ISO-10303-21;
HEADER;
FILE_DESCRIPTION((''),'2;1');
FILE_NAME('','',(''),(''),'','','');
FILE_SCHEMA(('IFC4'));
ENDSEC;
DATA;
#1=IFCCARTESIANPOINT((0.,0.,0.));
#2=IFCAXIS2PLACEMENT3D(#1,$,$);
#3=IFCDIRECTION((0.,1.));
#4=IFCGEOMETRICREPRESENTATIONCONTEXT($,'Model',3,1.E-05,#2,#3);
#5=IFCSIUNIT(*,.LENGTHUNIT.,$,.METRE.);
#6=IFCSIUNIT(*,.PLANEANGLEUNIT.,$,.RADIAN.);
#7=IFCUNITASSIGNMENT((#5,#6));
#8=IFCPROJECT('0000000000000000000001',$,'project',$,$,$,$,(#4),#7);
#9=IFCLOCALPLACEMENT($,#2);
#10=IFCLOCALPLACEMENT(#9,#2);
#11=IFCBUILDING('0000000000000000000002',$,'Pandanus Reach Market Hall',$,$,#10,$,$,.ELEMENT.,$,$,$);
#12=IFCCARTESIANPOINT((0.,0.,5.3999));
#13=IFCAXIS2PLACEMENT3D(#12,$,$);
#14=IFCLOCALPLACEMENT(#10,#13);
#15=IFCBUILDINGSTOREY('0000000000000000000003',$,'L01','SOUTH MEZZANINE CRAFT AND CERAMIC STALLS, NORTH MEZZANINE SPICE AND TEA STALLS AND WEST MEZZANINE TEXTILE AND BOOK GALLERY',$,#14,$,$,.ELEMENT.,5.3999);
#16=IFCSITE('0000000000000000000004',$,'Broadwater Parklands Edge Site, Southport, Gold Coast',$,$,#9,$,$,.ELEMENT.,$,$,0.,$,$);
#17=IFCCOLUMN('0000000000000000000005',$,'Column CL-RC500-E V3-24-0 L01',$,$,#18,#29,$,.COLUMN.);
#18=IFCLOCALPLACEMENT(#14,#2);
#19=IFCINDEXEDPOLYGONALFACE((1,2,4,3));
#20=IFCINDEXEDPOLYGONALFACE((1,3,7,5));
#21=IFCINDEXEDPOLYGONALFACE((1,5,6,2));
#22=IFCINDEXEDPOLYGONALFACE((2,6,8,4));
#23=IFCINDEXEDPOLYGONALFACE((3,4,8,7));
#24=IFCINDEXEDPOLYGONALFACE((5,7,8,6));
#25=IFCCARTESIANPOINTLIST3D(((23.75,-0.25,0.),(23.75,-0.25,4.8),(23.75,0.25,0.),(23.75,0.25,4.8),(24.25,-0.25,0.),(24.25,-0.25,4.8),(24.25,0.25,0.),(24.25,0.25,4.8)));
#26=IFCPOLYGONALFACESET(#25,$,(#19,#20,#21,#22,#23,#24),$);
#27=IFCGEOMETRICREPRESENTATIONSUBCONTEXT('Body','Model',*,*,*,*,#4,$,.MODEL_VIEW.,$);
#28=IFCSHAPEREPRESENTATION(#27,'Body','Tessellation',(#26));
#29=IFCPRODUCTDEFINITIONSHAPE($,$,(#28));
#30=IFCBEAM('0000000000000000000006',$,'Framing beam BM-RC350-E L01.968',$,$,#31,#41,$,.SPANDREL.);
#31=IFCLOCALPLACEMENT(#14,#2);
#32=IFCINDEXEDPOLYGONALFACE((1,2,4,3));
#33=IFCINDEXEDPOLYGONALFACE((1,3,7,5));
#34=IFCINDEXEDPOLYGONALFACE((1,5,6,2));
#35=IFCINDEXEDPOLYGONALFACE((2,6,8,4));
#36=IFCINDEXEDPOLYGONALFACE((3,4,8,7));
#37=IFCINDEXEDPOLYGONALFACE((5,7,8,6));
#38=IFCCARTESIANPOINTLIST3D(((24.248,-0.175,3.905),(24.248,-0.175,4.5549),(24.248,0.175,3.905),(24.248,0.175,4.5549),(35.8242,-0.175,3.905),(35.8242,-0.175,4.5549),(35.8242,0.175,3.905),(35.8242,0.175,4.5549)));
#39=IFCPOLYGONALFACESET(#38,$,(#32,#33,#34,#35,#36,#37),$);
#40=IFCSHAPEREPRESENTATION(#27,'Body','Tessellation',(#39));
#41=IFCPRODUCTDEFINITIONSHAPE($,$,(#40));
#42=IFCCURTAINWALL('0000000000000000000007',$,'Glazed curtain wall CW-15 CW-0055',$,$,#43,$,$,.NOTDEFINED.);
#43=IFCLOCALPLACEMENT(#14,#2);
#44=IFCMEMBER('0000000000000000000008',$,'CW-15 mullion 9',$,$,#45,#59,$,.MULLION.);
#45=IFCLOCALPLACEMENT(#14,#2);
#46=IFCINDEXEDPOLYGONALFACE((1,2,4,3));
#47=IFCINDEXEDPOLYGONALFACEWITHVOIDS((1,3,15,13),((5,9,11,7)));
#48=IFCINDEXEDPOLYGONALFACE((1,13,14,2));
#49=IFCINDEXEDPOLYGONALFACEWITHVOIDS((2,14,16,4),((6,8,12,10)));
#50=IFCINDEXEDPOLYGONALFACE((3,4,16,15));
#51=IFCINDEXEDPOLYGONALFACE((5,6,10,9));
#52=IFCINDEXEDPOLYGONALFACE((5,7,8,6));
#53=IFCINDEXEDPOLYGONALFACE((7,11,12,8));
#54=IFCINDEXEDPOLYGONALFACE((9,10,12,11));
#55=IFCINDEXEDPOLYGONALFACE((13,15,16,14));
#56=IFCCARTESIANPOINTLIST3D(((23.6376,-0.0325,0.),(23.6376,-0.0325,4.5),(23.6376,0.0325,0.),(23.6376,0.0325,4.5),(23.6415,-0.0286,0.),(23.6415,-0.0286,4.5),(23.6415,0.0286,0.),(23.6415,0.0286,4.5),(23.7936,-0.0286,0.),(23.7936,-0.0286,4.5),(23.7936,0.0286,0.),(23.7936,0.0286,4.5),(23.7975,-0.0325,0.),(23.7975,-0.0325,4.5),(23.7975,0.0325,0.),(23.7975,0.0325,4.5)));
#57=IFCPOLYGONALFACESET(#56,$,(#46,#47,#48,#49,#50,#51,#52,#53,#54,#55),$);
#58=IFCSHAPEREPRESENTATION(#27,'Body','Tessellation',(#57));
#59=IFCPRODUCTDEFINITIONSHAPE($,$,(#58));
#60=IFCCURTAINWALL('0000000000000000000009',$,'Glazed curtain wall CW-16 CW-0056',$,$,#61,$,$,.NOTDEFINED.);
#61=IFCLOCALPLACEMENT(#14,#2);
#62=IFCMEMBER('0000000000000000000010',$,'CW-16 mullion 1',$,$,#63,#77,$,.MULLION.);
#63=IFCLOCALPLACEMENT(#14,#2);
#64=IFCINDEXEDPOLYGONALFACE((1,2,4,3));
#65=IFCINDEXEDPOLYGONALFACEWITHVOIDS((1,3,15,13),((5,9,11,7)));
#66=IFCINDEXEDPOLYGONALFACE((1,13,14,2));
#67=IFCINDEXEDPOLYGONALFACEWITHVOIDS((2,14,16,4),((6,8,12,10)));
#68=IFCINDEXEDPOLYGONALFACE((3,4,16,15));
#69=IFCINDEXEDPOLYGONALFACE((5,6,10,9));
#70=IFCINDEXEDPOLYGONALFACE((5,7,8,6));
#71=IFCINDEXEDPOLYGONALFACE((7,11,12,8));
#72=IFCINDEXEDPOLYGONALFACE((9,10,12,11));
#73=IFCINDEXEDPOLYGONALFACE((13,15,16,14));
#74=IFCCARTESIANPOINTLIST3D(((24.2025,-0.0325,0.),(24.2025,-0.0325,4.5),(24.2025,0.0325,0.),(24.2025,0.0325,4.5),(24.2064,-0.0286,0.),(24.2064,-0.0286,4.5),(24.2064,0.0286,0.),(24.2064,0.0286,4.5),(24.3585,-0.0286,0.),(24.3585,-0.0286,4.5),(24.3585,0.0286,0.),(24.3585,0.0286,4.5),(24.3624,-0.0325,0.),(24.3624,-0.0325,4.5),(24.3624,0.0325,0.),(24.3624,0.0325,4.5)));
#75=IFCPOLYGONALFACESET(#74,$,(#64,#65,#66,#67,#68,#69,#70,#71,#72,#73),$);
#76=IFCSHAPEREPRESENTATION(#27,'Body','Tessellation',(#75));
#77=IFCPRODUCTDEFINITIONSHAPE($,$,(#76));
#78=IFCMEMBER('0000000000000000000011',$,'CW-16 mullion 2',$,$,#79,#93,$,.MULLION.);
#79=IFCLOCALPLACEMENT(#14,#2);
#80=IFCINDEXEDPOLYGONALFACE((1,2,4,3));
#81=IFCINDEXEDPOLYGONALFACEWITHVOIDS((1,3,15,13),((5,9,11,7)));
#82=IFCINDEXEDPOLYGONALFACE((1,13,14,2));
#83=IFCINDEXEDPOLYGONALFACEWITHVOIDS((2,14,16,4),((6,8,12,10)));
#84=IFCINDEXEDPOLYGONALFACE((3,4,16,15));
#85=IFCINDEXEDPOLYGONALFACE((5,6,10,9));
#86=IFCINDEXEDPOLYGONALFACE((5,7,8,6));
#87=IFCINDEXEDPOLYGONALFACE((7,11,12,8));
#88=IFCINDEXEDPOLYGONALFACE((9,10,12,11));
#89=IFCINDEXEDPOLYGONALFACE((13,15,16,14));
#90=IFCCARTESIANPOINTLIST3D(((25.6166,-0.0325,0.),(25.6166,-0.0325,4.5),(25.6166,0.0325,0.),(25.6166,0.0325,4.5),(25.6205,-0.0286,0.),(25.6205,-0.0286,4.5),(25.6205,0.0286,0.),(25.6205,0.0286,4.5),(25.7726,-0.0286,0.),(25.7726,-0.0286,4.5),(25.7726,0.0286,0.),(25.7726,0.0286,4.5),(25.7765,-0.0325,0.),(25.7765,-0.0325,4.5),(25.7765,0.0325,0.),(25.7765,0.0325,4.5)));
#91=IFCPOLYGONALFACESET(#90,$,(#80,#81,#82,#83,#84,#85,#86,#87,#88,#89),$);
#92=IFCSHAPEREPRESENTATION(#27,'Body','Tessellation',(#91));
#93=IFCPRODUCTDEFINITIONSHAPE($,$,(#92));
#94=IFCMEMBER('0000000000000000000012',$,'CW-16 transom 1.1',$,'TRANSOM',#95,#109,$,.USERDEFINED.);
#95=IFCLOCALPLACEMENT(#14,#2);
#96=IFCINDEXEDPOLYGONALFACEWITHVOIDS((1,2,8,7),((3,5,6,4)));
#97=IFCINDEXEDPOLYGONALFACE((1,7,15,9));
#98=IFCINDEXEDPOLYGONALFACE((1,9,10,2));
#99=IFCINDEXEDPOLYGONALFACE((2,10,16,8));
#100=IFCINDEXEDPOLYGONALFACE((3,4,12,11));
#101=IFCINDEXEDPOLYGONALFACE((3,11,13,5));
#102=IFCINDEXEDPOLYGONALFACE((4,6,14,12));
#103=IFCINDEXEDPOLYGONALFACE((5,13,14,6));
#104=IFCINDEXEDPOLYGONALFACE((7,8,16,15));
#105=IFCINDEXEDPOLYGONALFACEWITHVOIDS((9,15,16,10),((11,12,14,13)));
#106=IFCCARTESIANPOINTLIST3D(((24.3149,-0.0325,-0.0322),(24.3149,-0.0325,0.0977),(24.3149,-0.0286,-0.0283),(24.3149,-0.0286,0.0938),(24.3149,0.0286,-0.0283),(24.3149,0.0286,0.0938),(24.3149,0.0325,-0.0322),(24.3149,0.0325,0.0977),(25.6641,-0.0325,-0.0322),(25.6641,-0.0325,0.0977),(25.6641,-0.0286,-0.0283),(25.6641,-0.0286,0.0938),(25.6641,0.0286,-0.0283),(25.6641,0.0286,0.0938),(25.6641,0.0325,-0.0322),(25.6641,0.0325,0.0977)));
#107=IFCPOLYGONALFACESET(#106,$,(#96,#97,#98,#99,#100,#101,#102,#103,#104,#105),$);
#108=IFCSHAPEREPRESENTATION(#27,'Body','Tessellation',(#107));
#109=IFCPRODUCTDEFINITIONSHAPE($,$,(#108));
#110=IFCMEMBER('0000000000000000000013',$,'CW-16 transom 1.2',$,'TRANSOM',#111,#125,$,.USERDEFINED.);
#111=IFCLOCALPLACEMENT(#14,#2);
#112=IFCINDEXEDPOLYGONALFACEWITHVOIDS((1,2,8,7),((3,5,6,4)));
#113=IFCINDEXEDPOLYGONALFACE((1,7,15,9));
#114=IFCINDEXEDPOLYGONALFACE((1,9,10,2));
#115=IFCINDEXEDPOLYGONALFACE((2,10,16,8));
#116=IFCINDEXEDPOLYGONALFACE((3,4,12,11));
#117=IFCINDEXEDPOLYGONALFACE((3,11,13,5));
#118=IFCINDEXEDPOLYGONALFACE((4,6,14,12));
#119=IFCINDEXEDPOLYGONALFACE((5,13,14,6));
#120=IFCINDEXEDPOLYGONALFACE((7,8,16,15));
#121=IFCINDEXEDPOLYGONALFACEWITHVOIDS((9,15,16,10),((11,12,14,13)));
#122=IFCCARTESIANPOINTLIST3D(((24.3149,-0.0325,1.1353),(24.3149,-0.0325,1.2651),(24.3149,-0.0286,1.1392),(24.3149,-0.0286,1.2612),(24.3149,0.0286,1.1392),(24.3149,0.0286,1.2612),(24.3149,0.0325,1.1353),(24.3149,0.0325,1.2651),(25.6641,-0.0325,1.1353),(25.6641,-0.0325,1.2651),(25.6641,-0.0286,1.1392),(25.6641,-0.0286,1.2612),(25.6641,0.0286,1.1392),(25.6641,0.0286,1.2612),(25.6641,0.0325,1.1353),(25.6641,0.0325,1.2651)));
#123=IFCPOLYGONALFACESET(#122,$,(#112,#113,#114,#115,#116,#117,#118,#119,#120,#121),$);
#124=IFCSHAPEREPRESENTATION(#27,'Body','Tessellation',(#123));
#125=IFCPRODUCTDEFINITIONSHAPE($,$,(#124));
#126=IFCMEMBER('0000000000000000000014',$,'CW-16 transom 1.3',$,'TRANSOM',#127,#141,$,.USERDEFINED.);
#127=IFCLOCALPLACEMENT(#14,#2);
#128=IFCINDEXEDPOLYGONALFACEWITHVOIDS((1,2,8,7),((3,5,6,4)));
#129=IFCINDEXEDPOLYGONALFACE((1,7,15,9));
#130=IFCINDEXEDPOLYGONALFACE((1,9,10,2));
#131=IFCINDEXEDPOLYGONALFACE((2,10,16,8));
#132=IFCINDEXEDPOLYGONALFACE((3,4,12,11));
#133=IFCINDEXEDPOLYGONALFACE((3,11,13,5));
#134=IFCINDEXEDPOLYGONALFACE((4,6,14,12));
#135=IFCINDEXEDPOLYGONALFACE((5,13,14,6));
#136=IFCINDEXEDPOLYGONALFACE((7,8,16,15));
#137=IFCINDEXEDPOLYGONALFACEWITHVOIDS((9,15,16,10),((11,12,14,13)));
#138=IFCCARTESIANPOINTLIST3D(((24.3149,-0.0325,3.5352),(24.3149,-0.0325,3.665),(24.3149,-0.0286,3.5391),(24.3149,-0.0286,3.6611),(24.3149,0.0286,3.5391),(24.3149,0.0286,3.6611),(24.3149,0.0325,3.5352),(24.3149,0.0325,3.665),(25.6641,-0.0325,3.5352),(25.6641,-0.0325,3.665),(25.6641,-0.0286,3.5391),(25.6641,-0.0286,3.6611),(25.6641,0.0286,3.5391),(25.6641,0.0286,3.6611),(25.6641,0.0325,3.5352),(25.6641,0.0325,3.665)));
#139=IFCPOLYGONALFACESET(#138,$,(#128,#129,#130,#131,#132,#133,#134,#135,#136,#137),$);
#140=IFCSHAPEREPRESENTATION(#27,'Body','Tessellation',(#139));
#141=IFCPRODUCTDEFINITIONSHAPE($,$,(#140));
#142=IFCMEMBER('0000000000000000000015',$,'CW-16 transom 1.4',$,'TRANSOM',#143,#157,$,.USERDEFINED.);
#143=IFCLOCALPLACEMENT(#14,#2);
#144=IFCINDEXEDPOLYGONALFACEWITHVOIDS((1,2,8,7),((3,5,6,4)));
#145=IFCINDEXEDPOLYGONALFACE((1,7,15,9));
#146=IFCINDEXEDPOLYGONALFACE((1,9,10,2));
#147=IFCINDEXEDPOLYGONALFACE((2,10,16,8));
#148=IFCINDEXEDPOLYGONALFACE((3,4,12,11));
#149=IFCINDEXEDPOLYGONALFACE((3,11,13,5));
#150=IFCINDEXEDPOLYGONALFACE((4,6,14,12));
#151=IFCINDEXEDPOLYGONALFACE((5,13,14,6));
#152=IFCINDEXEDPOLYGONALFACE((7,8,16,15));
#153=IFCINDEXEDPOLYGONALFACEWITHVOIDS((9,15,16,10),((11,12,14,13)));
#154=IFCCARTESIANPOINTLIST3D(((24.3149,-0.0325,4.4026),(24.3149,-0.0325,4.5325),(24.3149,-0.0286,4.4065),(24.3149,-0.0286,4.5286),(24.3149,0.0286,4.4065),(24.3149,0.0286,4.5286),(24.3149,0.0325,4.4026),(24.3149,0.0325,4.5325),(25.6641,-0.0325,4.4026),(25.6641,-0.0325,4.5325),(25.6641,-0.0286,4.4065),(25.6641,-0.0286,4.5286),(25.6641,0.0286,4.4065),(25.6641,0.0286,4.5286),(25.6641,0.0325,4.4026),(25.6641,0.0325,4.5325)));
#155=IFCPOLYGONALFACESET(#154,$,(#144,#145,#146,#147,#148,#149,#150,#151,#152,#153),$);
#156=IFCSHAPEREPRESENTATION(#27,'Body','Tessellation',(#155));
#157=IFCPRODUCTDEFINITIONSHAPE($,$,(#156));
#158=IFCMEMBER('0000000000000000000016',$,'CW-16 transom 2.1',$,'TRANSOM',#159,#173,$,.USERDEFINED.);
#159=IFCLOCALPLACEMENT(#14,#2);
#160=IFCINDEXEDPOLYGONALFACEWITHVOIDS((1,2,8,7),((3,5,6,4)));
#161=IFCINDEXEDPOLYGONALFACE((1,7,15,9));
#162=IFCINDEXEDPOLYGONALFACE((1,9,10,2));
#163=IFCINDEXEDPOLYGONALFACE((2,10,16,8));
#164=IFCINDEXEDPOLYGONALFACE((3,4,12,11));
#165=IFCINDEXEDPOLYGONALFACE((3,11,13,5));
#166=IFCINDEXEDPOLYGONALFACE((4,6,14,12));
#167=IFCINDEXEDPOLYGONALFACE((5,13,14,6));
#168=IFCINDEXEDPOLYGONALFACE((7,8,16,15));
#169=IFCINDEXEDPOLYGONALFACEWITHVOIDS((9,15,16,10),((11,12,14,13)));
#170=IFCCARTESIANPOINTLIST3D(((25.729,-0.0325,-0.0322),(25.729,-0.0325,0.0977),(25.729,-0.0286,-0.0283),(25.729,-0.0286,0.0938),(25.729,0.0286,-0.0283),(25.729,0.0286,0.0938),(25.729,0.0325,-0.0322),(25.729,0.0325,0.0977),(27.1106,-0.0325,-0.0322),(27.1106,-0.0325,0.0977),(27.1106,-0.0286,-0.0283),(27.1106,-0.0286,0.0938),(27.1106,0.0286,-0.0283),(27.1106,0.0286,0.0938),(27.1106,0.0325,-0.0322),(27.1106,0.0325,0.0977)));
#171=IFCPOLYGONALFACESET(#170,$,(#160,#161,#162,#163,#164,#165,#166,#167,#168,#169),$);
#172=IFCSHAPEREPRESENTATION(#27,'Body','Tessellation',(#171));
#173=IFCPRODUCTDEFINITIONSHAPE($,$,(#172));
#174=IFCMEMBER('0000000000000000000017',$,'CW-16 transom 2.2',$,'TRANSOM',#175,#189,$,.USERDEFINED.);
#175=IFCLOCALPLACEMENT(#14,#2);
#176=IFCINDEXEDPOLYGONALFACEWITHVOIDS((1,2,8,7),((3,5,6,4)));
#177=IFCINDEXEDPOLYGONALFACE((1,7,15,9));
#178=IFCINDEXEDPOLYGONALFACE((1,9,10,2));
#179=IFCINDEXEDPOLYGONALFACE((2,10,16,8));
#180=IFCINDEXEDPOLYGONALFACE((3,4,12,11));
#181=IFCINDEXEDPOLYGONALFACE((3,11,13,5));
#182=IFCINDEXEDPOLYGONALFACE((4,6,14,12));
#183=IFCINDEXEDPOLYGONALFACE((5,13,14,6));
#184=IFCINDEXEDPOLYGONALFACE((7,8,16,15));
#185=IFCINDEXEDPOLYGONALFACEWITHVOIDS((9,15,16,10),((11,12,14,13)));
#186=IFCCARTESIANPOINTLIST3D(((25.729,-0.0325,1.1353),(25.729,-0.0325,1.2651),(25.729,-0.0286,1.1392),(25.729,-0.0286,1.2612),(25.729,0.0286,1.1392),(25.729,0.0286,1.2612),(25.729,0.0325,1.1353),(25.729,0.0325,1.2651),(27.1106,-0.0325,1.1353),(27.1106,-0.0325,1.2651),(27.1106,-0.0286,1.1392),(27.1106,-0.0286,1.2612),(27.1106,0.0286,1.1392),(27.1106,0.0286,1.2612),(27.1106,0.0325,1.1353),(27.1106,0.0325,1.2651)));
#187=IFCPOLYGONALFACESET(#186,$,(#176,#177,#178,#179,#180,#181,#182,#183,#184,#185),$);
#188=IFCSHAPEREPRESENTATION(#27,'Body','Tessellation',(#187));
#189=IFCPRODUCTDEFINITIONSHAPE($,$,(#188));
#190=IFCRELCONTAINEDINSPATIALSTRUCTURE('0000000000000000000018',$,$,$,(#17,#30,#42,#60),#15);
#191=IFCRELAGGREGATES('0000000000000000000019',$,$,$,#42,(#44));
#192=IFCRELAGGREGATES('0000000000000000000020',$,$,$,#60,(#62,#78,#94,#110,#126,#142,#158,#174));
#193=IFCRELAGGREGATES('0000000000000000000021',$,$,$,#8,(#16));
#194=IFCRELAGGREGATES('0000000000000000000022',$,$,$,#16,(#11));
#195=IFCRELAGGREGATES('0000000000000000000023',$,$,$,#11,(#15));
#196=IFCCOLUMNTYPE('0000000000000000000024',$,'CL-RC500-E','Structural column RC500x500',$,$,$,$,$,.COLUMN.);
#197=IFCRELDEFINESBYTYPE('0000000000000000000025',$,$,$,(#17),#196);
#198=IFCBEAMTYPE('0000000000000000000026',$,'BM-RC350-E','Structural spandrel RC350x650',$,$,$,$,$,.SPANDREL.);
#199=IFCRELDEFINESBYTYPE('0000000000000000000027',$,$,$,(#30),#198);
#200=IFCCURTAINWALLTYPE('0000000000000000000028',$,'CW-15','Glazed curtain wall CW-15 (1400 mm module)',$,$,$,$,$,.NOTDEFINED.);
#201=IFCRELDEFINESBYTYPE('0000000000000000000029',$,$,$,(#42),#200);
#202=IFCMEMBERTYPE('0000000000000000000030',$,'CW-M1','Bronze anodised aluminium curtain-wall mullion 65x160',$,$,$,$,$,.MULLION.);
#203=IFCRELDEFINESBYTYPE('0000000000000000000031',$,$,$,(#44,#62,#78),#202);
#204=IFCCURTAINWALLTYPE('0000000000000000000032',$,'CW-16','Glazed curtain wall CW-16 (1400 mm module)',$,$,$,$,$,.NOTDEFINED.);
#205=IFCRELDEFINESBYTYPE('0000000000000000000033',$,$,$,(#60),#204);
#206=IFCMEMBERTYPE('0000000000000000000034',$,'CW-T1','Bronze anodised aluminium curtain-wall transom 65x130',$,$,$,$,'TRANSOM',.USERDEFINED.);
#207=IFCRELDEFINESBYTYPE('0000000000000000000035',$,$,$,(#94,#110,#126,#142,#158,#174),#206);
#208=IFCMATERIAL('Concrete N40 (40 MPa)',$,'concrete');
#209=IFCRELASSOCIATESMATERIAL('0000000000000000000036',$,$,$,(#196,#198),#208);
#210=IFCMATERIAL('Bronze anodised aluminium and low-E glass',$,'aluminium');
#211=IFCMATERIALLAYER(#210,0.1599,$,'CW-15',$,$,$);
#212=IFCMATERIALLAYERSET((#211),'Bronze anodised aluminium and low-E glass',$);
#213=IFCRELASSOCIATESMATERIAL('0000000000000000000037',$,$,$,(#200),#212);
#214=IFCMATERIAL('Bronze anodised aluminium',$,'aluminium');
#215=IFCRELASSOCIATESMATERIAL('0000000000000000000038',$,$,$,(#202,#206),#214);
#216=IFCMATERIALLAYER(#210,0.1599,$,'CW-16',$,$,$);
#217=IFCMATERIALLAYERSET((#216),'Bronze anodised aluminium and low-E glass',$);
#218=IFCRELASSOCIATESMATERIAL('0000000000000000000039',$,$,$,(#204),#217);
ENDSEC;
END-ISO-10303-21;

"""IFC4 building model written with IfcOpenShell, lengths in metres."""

from ifc_helpers import new_model, si_unit, direction, frame, origin, origin_2d, place, context, subcontext, project, spatial, rectangle, hollow_rectangle, extrude, material, layer, layer_set, material_profile, profile_set, type_object, element, aggregate, save


model = new_model("IFC4")

# Units and contexts
model_context = context("Model", 3, precision=1e-05, world=origin(), true_north=direction((0.0, 1.0)))
body_context = subcontext(model_context, "Body", "Model", "MODEL_VIEW")
ifc_project = project(units=[si_unit("LENGTHUNIT", "METRE"), si_unit("PLANEANGLEUNIT", "RADIAN")], contexts=[model_context])

# Site, building, storey
site_placement = place(None, origin())
site = spatial("IfcSite", under=ifc_project, at=site_placement, Name="Broadwater Parklands Edge Site, Southport, Gold Coast", CompositionType="ELEMENT", RefElevation=0.0)
building_placement = place(site_placement, origin())
building = spatial("IfcBuilding", under=site, at=building_placement, Name="Pandanus Reach Market Hall", CompositionType="ELEMENT")
storey_placement = place(building_placement, frame((0.0, 0.0, 5.3999)))
storey = spatial("IfcBuildingStorey", under=building, at=storey_placement, Name="L01", Description="SOUTH MEZZANINE CRAFT AND CERAMIC STALLS, NORTH MEZZANINE SPICE AND TEA STALLS AND WEST MEZZANINE TEXTILE AND BOOK GALLERY", CompositionType="ELEMENT", Elevation=5.3999)

# Column
ifc_material_1 = material(Name="Concrete N40 (40 MPa)", Category="concrete")
ifc_material_profile_1 = material_profile(ifc_material_1, rectangle(XDim=0.5, YDim=0.5, at=origin_2d()), Name="RC500x500", Category="LoadBearing")
ifc_profile_set_1 = profile_set([ifc_material_profile_1], Name="Concrete N40 (40 MPa)")
column_type = type_object("IfcColumnType", Name="CL-RC500-E", Description="Structural column RC500x500", PredefinedType="COLUMN", material=ifc_profile_set_1)
column_placement = place(storey_placement, frame((24.0, 0.0, 0.0), z_axis=(0.0, 0.0, 1.0), x_axis=(1.0, 0.0, 0.0)))
element("IfcColumn", 1, at=column_placement, inside=storey, type_object=column_type, Name="Column CL-RC500-E V3-24-0 L01", PredefinedType="COLUMN", context=body_context, shape_type="SweptSolid", body=[
    extrude(rectangle(XDim=0.5, YDim=0.5, at=origin_2d()), origin(), (0.0, 0.0, 1.0), 4.8),
])

# Beam
ifc_material_profile_2 = material_profile(ifc_material_1, rectangle(XDim=0.3501, YDim=0.6499, at=origin_2d()), Name="RC350x650", Category="LoadBearing")
ifc_profile_set_2 = profile_set([ifc_material_profile_2], Name="Concrete N40 (40 MPa)")
beam_type = type_object("IfcBeamType", Name="BM-RC350-E", Description="Structural spandrel RC350x650", PredefinedType="SPANDREL", material=ifc_profile_set_2)
beam_placement = place(storey_placement, frame((24.248, 0.0, 4.23), z_axis=(1.0, 0.0, 0.0), x_axis=(0.0, 1.0, 0.0)))
element("IfcBeam", 2, at=beam_placement, inside=storey, type_object=beam_type, Name="Framing beam BM-RC350-E L01.968", PredefinedType="SPANDREL", context=body_context, shape_type="SweptSolid", body=[
    extrude(rectangle(XDim=0.3501, YDim=0.6499, at=origin_2d()), origin(), (0.0, 0.0, 1.0), 11.5762),
])

# Curtain wall, member
ifc_material_2 = material(Name="Bronze anodised aluminium and low-E glass", Category="aluminium")
ifc_layer_1 = layer(ifc_material_2, 0.1599, Name="CW-15")
ifc_layer_set_1 = layer_set([ifc_layer_1], Name="Bronze anodised aluminium and low-E glass")
curtain_wall_type_1 = type_object("IfcCurtainWallType", Name="CW-15", Description="Glazed curtain wall CW-15 (1400 mm module)", PredefinedType="NOTDEFINED", material=ifc_layer_set_1)
curtain_wall_1_placement = place(storey_placement, origin())
curtain_wall_1 = element("IfcCurtainWall", 3, at=curtain_wall_1_placement, inside=storey, type_object=curtain_wall_type_1, Name="Glazed curtain wall CW-15 CW-0055", PredefinedType="NOTDEFINED")
ifc_material_3 = material(Name="Bronze anodised aluminium", Category="aluminium")
ifc_material_profile_3 = material_profile(ifc_material_3, hollow_rectangle(XDim=0.0649, YDim=0.1599, WallThickness=0.0039, at=origin_2d()), Name="ALU65x160", Category="LoadBearing")
ifc_profile_set_3 = profile_set([ifc_material_profile_3], Name="Bronze anodised aluminium")
member_type_1 = type_object("IfcMemberType", Name="CW-M1", Description="Bronze anodised aluminium curtain-wall mullion 65x160", PredefinedType="MULLION", material=ifc_profile_set_3)
member_1_placement = place(storey_placement, frame((23.7175, 0.0, 0.0), z_axis=(0.0, 0.0, 1.0), x_axis=(0.0, 1.0, 0.0)))
member_1 = element("IfcMember", 4, at=member_1_placement, type_object=member_type_1, Name="CW-15 mullion 9", PredefinedType="MULLION", context=body_context, shape_type="SweptSolid", body=[
    extrude(hollow_rectangle(XDim=0.0649, YDim=0.1599, WallThickness=0.0039, at=origin_2d()), origin(), (0.0, 0.0, 1.0), 4.5),
])

# Curtain wall, members
ifc_layer_2 = layer(ifc_material_2, 0.1599, Name="CW-16")
ifc_layer_set_2 = layer_set([ifc_layer_2], Name="Bronze anodised aluminium and low-E glass")
curtain_wall_type_2 = type_object("IfcCurtainWallType", Name="CW-16", Description="Glazed curtain wall CW-16 (1400 mm module)", PredefinedType="NOTDEFINED", material=ifc_layer_set_2)
curtain_wall_2_placement = place(storey_placement, origin())
curtain_wall_2 = element("IfcCurtainWall", 5, at=curtain_wall_2_placement, inside=storey, type_object=curtain_wall_type_2, Name="Glazed curtain wall CW-16 CW-0056", PredefinedType="NOTDEFINED")
member_2_placement = place(storey_placement, frame((24.2825, 0.0, 0.0), z_axis=(0.0, 0.0, 1.0), x_axis=(0.0, 1.0, 0.0)))
member_2 = element("IfcMember", 6, at=member_2_placement, type_object=member_type_1, Name="CW-16 mullion 1", PredefinedType="MULLION", context=body_context, shape_type="SweptSolid", body=[
    extrude(hollow_rectangle(XDim=0.0649, YDim=0.1599, WallThickness=0.0039, at=origin_2d()), origin(), (0.0, 0.0, 1.0), 4.5),
])
member_3_placement = place(storey_placement, frame((25.6965, 0.0, 0.0), z_axis=(0.0, 0.0, 1.0), x_axis=(0.0, 1.0, 0.0)))
member_3 = element("IfcMember", 7, at=member_3_placement, type_object=member_type_1, Name="CW-16 mullion 2", PredefinedType="MULLION", context=body_context, shape_type="SweptSolid", body=[
    extrude(hollow_rectangle(XDim=0.0649, YDim=0.1599, WallThickness=0.0039, at=origin_2d()), origin(), (0.0, 0.0, 1.0), 4.5),
])
ifc_material_profile_4 = material_profile(ifc_material_3, hollow_rectangle(XDim=0.0649, YDim=0.1299, WallThickness=0.0039, at=origin_2d()), Name="ALU65x130", Category="LoadBearing")
ifc_profile_set_4 = profile_set([ifc_material_profile_4], Name="Bronze anodised aluminium")
member_type_2 = type_object("IfcMemberType", Name="CW-T1", Description="Bronze anodised aluminium curtain-wall transom 65x130", ElementType="TRANSOM", PredefinedType="USERDEFINED", material=ifc_profile_set_4)
member_4_placement = place(storey_placement, frame((24.3149, 0.0, 0.0327), z_axis=(1.0, 0.0, 0.0), x_axis=(0.0, 1.0, 0.0)))
member_4 = element("IfcMember", 8, at=member_4_placement, type_object=member_type_2, Name="CW-16 transom 1.1", ObjectType="TRANSOM", PredefinedType="USERDEFINED", context=body_context, shape_type="SweptSolid", body=[
    extrude(hollow_rectangle(XDim=0.0649, YDim=0.1299, WallThickness=0.0039, at=origin_2d()), origin(), (0.0, 0.0, 1.0), 1.3491),
])
member_5_placement = place(storey_placement, frame((24.3149, 0.0, 1.2002), z_axis=(1.0, 0.0, 0.0), x_axis=(0.0, 1.0, 0.0)))
member_5 = element("IfcMember", 9, at=member_5_placement, type_object=member_type_2, Name="CW-16 transom 1.2", ObjectType="TRANSOM", PredefinedType="USERDEFINED", context=body_context, shape_type="SweptSolid", body=[
    extrude(hollow_rectangle(XDim=0.0649, YDim=0.1299, WallThickness=0.0039, at=origin_2d()), origin(), (0.0, 0.0, 1.0), 1.3491),
])
member_6_placement = place(storey_placement, frame((24.3149, 0.0, 3.6001), z_axis=(1.0, 0.0, 0.0), x_axis=(0.0, 1.0, 0.0)))
member_6 = element("IfcMember", 10, at=member_6_placement, type_object=member_type_2, Name="CW-16 transom 1.3", ObjectType="TRANSOM", PredefinedType="USERDEFINED", context=body_context, shape_type="SweptSolid", body=[
    extrude(hollow_rectangle(XDim=0.0649, YDim=0.1299, WallThickness=0.0039, at=origin_2d()), origin(), (0.0, 0.0, 1.0), 1.3491),
])
member_7_placement = place(storey_placement, frame((24.3149, 0.0, 4.4675), z_axis=(1.0, 0.0, 0.0), x_axis=(0.0, 1.0, 0.0)))
member_7 = element("IfcMember", 11, at=member_7_placement, type_object=member_type_2, Name="CW-16 transom 1.4", ObjectType="TRANSOM", PredefinedType="USERDEFINED", context=body_context, shape_type="SweptSolid", body=[
    extrude(hollow_rectangle(XDim=0.0649, YDim=0.1299, WallThickness=0.0039, at=origin_2d()), origin(), (0.0, 0.0, 1.0), 1.3491),
])
member_8_placement = place(storey_placement, frame((25.729, 0.0, 0.0327), z_axis=(1.0, 0.0, 0.0), x_axis=(0.0, 1.0, 0.0)))
member_8 = element("IfcMember", 12, at=member_8_placement, type_object=member_type_2, Name="CW-16 transom 2.1", ObjectType="TRANSOM", PredefinedType="USERDEFINED", context=body_context, shape_type="SweptSolid", body=[
    extrude(hollow_rectangle(XDim=0.0649, YDim=0.1299, WallThickness=0.0039, at=origin_2d()), origin(), (0.0, 0.0, 1.0), 1.3816),
])
member_9_placement = place(storey_placement, frame((25.729, 0.0, 1.2002), z_axis=(1.0, 0.0, 0.0), x_axis=(0.0, 1.0, 0.0)))
member_9 = element("IfcMember", 13, at=member_9_placement, type_object=member_type_2, Name="CW-16 transom 2.2", ObjectType="TRANSOM", PredefinedType="USERDEFINED", context=body_context, shape_type="SweptSolid", body=[
    extrude(hollow_rectangle(XDim=0.0649, YDim=0.1299, WallThickness=0.0039, at=origin_2d()), origin(), (0.0, 0.0, 1.0), 1.3816),
])

aggregate(curtain_wall_1, [member_1])
aggregate(curtain_wall_2, [member_2, member_3, member_4, member_5, member_6, member_7, member_8, member_9])

save(model, "model.ifc")
